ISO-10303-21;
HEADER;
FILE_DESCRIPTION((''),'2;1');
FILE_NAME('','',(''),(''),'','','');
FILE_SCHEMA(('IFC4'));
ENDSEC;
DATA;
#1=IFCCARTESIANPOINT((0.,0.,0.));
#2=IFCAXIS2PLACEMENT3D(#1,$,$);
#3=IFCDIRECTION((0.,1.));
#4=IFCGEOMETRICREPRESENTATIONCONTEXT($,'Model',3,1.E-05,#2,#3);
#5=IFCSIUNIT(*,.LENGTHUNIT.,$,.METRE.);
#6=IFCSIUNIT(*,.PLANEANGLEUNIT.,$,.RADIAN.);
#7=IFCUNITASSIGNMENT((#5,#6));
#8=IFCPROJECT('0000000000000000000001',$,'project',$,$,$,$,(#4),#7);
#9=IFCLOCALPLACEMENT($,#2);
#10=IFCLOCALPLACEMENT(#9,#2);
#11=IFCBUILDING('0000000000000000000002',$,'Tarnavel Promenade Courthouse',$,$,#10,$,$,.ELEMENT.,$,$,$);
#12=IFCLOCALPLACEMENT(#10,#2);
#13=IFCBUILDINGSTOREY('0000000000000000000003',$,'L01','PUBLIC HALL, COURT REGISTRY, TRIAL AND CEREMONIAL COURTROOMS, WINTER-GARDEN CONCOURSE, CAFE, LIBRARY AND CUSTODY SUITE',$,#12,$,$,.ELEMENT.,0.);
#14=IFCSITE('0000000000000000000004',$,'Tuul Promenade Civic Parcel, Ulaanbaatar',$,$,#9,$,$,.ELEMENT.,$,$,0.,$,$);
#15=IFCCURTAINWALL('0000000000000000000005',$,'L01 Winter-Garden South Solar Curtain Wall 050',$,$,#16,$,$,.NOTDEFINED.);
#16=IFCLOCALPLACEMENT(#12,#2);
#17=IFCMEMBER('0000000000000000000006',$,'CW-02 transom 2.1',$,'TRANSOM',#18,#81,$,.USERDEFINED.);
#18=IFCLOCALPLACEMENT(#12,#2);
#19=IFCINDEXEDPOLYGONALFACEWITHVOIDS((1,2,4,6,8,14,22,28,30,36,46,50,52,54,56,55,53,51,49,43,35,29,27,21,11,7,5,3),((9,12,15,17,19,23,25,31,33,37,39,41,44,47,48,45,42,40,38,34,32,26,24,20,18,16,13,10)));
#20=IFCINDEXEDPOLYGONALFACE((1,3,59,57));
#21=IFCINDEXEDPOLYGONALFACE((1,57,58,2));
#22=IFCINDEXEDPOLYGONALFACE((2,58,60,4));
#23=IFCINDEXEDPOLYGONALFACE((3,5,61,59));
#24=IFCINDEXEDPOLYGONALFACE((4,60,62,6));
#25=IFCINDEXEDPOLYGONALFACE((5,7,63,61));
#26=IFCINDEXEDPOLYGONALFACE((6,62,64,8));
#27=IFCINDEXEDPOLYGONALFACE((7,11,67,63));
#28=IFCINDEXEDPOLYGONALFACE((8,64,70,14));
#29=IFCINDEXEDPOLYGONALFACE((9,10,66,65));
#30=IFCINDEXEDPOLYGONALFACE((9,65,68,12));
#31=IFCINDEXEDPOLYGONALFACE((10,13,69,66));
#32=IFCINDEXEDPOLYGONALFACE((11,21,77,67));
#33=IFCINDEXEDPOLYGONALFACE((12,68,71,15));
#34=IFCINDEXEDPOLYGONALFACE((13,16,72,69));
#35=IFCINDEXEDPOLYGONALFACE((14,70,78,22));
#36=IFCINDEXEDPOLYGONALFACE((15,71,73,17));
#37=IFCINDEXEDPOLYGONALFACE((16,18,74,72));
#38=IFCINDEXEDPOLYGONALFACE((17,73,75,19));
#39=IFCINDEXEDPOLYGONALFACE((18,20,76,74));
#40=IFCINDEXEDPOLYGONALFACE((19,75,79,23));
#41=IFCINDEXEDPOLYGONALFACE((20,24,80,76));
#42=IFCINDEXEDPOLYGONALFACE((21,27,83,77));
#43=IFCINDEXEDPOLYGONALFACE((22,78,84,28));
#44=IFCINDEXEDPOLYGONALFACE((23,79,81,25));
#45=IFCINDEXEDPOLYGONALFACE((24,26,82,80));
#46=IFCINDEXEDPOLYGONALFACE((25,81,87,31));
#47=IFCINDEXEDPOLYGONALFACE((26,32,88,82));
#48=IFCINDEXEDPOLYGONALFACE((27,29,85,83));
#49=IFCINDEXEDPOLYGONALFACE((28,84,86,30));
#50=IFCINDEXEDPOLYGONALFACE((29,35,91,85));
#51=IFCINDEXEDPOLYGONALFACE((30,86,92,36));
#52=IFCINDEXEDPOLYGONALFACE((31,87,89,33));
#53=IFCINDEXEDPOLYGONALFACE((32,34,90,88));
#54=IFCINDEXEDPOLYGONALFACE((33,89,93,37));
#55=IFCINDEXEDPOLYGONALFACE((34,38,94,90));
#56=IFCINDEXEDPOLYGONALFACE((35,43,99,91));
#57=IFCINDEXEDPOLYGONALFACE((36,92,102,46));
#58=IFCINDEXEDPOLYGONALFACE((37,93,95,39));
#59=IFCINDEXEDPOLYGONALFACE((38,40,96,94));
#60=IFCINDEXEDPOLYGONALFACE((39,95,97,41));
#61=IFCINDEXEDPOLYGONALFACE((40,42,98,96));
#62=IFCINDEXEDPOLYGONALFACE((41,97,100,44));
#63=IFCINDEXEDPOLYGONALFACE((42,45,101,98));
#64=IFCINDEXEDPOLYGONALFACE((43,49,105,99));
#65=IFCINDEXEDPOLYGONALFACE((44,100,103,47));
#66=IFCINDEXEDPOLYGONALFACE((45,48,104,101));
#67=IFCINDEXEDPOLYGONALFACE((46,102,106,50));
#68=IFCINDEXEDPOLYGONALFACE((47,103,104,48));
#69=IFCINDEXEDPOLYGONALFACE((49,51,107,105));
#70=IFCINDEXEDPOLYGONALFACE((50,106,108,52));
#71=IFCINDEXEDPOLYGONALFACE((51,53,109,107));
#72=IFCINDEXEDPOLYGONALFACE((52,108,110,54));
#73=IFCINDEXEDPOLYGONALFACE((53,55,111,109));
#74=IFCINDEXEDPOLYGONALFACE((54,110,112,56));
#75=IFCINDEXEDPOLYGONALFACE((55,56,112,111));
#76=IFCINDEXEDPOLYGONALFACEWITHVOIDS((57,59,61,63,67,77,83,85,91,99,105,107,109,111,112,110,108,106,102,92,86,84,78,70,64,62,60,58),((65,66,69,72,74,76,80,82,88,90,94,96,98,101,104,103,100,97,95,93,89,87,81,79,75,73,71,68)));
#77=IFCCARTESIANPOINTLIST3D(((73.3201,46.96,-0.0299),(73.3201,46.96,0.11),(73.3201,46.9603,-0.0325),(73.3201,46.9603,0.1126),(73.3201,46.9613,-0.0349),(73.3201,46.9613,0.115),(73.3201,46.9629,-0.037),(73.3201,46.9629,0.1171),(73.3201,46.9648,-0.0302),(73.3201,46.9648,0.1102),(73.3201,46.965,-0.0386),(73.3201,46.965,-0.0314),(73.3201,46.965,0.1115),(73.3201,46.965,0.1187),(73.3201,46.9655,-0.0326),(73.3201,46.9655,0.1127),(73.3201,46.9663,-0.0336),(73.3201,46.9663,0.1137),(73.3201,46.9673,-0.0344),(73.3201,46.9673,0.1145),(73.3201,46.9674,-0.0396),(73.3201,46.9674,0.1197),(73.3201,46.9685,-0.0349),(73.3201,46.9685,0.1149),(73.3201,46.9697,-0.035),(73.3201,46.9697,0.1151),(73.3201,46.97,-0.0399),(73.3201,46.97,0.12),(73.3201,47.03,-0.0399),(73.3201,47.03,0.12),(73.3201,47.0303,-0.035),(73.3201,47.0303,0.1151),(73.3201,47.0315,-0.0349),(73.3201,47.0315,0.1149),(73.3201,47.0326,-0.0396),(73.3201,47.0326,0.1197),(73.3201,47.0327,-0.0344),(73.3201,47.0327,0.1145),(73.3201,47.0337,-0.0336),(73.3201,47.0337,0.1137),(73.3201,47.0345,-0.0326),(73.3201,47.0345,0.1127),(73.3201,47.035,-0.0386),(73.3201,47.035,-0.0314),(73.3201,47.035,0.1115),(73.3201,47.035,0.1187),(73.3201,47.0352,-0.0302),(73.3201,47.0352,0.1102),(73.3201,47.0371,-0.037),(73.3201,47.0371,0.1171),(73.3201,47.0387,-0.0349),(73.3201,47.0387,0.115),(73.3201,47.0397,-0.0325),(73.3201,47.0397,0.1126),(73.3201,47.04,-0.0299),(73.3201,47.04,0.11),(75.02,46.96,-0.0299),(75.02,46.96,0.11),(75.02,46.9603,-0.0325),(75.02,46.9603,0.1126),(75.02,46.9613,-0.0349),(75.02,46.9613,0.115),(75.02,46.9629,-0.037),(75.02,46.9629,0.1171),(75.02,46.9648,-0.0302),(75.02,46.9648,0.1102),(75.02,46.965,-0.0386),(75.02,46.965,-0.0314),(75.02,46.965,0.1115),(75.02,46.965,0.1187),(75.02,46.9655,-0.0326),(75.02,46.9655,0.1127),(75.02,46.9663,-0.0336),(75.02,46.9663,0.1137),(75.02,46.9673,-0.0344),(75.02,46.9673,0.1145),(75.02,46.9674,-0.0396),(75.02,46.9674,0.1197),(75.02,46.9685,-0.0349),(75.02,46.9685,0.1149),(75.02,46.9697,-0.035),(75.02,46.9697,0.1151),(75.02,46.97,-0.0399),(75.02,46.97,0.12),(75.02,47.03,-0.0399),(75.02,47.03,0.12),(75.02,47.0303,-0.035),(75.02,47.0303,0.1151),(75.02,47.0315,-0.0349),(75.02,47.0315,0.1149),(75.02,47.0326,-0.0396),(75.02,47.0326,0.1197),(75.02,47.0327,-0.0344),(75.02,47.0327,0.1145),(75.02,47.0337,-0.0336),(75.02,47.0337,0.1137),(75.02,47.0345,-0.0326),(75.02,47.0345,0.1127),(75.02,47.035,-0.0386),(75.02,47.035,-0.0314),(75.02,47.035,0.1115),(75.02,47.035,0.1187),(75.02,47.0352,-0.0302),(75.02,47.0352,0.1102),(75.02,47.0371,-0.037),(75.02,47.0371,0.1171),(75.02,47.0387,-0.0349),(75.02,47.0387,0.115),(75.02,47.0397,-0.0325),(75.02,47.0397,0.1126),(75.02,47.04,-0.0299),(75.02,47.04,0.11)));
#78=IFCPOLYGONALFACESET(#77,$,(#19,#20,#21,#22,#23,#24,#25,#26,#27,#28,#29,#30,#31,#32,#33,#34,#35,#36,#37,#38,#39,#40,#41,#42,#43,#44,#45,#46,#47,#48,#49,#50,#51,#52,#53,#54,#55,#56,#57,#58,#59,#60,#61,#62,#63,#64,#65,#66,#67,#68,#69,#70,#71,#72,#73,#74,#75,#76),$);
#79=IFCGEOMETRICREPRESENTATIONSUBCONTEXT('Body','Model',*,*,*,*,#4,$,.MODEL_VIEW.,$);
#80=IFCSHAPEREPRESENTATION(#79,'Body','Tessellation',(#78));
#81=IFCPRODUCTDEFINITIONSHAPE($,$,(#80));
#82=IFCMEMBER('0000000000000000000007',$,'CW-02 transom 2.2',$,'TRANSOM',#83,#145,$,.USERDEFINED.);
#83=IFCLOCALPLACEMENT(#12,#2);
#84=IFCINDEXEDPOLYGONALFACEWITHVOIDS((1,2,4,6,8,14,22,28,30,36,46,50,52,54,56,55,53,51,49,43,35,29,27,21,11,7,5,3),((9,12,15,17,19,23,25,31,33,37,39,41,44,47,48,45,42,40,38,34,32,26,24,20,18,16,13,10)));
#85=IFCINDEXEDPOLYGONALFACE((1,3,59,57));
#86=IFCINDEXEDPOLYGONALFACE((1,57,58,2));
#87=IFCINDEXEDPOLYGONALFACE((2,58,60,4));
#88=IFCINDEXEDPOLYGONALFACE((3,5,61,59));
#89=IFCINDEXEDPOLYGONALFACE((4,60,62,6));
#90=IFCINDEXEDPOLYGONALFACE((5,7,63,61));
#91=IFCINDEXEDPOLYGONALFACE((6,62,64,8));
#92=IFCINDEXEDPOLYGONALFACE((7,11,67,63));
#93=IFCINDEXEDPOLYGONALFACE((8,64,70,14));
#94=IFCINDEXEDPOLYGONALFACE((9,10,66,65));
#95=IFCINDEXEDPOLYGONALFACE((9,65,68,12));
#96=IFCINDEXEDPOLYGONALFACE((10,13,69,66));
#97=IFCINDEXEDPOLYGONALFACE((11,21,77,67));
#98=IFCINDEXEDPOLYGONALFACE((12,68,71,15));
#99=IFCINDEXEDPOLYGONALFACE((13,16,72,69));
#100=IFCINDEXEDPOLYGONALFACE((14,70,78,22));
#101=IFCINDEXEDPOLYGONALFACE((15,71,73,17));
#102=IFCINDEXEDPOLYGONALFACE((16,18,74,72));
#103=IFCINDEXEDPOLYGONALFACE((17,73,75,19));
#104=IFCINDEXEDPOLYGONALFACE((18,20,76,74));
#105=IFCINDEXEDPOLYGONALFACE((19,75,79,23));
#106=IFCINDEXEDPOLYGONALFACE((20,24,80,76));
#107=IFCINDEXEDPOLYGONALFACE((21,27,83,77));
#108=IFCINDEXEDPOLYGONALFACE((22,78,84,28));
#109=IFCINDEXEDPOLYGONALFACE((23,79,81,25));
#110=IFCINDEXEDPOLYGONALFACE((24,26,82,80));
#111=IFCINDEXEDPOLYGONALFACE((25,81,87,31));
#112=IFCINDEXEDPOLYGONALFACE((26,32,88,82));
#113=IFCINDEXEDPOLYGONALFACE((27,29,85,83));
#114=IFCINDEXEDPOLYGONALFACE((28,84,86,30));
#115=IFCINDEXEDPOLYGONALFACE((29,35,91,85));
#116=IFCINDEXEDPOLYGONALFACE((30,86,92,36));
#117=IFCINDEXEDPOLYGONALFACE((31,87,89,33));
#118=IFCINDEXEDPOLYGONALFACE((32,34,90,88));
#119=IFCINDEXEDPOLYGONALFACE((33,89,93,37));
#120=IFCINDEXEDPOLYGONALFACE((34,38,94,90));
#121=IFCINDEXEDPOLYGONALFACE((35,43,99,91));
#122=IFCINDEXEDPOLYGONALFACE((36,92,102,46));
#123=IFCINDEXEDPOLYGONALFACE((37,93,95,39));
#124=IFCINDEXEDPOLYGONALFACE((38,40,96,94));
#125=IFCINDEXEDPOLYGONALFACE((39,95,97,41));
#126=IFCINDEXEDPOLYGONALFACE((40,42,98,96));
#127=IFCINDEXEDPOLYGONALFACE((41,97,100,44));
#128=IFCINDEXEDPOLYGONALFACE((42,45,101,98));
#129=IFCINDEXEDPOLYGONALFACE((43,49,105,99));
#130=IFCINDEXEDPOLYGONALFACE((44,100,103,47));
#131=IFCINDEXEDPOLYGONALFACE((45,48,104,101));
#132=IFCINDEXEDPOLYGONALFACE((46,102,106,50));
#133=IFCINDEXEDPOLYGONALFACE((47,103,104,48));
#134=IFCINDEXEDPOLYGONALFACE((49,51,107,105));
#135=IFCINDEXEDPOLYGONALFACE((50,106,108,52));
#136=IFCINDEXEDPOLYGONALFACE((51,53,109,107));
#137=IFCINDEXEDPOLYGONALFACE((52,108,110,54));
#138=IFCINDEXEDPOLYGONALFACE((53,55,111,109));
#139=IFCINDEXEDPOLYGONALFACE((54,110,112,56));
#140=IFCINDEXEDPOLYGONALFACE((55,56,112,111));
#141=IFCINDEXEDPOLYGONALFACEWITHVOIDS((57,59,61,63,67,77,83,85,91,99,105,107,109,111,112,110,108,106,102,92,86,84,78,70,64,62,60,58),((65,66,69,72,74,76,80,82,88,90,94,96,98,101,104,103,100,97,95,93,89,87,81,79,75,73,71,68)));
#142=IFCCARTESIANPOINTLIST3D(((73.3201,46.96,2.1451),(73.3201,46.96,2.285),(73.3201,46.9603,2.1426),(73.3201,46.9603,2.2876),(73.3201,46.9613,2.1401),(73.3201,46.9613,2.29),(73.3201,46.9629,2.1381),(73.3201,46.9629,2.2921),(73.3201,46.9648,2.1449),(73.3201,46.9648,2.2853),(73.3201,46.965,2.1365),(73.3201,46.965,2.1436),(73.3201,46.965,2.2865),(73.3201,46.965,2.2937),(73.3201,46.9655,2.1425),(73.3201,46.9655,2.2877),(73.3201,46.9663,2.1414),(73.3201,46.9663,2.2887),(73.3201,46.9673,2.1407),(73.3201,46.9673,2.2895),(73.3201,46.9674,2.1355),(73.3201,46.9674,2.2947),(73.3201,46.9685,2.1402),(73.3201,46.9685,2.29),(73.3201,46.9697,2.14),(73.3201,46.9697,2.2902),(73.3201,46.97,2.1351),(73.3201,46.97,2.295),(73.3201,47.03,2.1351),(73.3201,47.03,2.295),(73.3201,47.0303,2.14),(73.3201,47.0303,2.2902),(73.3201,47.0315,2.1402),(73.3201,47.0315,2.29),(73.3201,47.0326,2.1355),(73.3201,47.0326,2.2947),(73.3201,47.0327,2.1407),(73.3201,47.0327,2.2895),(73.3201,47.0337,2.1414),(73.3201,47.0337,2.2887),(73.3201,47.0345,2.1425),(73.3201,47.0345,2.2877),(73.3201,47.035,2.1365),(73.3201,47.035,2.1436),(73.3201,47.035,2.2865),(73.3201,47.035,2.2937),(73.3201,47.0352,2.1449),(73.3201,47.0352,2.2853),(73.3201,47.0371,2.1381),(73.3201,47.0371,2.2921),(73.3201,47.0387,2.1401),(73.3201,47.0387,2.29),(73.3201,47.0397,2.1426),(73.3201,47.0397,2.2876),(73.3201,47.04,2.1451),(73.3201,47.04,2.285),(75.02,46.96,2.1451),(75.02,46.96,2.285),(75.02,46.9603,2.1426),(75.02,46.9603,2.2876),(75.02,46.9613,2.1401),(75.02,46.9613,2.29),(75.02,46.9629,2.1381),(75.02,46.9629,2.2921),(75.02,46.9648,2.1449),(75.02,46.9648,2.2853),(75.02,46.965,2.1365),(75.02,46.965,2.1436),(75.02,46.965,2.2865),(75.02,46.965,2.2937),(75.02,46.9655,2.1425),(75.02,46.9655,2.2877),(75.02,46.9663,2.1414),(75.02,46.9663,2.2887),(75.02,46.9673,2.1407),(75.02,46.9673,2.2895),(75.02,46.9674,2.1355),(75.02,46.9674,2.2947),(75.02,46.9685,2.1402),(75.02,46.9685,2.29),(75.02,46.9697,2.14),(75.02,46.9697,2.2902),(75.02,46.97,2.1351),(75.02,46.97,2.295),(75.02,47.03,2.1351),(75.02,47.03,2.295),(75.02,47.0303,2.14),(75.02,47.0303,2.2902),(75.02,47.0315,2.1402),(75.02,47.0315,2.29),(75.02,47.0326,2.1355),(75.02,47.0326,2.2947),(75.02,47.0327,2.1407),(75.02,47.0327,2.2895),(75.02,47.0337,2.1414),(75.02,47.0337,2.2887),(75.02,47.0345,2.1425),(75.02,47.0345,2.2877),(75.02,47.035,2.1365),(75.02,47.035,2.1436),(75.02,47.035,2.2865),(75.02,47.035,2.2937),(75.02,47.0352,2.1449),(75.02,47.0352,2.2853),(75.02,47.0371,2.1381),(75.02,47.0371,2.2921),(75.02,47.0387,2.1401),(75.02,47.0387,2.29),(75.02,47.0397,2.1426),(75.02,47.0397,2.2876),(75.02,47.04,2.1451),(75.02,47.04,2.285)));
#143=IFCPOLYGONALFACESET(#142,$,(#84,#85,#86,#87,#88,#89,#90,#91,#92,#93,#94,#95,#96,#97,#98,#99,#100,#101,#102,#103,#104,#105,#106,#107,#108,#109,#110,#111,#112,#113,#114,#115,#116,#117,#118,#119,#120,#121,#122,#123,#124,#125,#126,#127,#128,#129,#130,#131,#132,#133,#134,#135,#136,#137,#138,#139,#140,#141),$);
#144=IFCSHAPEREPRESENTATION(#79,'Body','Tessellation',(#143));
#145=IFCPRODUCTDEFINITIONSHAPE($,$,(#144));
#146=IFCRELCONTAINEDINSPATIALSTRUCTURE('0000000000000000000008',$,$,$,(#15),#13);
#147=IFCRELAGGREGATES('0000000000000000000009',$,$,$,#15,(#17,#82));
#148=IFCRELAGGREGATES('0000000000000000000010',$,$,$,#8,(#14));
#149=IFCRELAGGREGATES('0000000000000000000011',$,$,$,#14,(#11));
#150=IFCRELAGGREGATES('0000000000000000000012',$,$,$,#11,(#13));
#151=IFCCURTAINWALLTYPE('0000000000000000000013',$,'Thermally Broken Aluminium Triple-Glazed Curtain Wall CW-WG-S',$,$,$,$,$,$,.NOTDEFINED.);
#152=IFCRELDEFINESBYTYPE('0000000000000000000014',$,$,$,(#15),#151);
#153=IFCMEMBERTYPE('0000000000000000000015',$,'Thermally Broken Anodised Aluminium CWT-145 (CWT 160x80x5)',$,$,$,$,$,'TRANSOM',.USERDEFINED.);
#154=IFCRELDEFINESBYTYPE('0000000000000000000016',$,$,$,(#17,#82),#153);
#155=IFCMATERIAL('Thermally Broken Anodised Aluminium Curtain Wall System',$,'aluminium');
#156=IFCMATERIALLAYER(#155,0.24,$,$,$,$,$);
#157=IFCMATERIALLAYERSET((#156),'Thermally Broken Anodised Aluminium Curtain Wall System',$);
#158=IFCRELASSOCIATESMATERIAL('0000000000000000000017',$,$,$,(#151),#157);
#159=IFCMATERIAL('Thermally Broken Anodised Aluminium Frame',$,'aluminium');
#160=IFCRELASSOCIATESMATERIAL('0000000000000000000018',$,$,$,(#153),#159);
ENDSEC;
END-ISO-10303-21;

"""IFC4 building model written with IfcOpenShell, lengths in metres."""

from ifc_helpers import new_model, si_unit, direction, frame, origin, origin_2d, place, context, subcontext, project, spatial, hollow_rectangle, extrude, material, layer, layer_set, material_profile, profile_set, type_object, element, aggregate, save


model = new_model("IFC4")

# Units and contexts
model_context = context("Model", 3, precision=1e-05, world=origin(), true_north=direction((0.0, 1.0)))
body_context = subcontext(model_context, "Body", "Model", "MODEL_VIEW")
ifc_project = project(units=[si_unit("LENGTHUNIT", "METRE"), si_unit("PLANEANGLEUNIT", "RADIAN")], contexts=[model_context])

# Site, building, storey
site_placement = place(None, origin())
site = spatial("IfcSite", under=ifc_project, at=site_placement, Name="Tuul Promenade Civic Parcel, Ulaanbaatar", CompositionType="ELEMENT", RefElevation=0.0)
building_placement = place(site_placement, origin())
building = spatial("IfcBuilding", under=site, at=building_placement, Name="Tarnavel Promenade Courthouse", CompositionType="ELEMENT")
storey_placement = place(building_placement, origin())
storey = spatial("IfcBuildingStorey", under=building, at=storey_placement, Name="L01", Description="PUBLIC HALL, COURT REGISTRY, TRIAL AND CEREMONIAL COURTROOMS, WINTER-GARDEN CONCOURSE, CAFE, LIBRARY AND CUSTODY SUITE", CompositionType="ELEMENT", Elevation=0.0)

# Shared definitions
ifc_material_1 = material(Name="Thermally Broken Anodised Aluminium Curtain Wall System", Category="aluminium")
ifc_layer_1 = layer(ifc_material_1, 0.24)
ifc_layer_set_1 = layer_set([ifc_layer_1], Name="Thermally Broken Anodised Aluminium Curtain Wall System")
curtain_wall_type = type_object("IfcCurtainWallType", Name="Thermally Broken Aluminium Triple-Glazed Curtain Wall CW-WG-S", PredefinedType="NOTDEFINED", material=ifc_layer_set_1)
ifc_material_2 = material(Name="Thermally Broken Anodised Aluminium Frame", Category="aluminium")

# Curtain wall
curtain_wall_1_placement = place(storey_placement, origin())
curtain_wall_1 = element("IfcCurtainWall", 1, at=curtain_wall_1_placement, inside=storey, type_object=curtain_wall_type, Name="L01 Winter-Garden South Solar Curtain Wall 050", PredefinedType="NOTDEFINED")

# Members
ifc_material_profile_1 = material_profile(ifc_material_2, hollow_rectangle(XDim=0.0801, YDim=0.1599, WallThickness=0.0049, InnerFilletRadius=0.0049, OuterFilletRadius=0.01, at=origin_2d()), Name="CWT 160x80x5")
ifc_profile_set_1 = profile_set([ifc_material_profile_1], Name="Thermally Broken Anodised Aluminium Frame")
member_type_1 = type_object("IfcMemberType", Name="Thermally Broken Anodised Aluminium CWT-145 (CWT 160x80x5)", ElementType="TRANSOM", PredefinedType="USERDEFINED", material=ifc_profile_set_1)
member_1_placement = place(storey_placement, frame((73.3201, 47.0, 0.04), z_axis=(1.0, 0.0, 0.0), x_axis=(0.0, 1.0, 0.0)))
member_1 = element("IfcMember", 2, at=member_1_placement, type_object=member_type_1, Name="CW-02 transom 2.1", ObjectType="TRANSOM", PredefinedType="USERDEFINED", context=body_context, shape_type="SweptSolid", body=[
    extrude(hollow_rectangle(XDim=0.0801, YDim=0.1599, WallThickness=0.0049, InnerFilletRadius=0.0049, OuterFilletRadius=0.01, at=origin_2d()), origin(), (0.0, 0.0, 1.0), 1.7),
])
member_2_placement = place(storey_placement, frame((73.3201, 47.0, 2.2151), z_axis=(1.0, 0.0, 0.0), x_axis=(0.0, 1.0, 0.0)))
member_2 = element("IfcMember", 3, at=member_2_placement, type_object=member_type_1, Name="CW-02 transom 2.2", ObjectType="TRANSOM", PredefinedType="USERDEFINED", context=body_context, shape_type="SweptSolid", body=[
    extrude(hollow_rectangle(XDim=0.0801, YDim=0.1599, WallThickness=0.0049, InnerFilletRadius=0.0049, OuterFilletRadius=0.01, at=origin_2d()), origin(), (0.0, 0.0, 1.0), 1.7),
])

aggregate(curtain_wall_1, [member_1, member_2])

save(model, "model.ifc")
